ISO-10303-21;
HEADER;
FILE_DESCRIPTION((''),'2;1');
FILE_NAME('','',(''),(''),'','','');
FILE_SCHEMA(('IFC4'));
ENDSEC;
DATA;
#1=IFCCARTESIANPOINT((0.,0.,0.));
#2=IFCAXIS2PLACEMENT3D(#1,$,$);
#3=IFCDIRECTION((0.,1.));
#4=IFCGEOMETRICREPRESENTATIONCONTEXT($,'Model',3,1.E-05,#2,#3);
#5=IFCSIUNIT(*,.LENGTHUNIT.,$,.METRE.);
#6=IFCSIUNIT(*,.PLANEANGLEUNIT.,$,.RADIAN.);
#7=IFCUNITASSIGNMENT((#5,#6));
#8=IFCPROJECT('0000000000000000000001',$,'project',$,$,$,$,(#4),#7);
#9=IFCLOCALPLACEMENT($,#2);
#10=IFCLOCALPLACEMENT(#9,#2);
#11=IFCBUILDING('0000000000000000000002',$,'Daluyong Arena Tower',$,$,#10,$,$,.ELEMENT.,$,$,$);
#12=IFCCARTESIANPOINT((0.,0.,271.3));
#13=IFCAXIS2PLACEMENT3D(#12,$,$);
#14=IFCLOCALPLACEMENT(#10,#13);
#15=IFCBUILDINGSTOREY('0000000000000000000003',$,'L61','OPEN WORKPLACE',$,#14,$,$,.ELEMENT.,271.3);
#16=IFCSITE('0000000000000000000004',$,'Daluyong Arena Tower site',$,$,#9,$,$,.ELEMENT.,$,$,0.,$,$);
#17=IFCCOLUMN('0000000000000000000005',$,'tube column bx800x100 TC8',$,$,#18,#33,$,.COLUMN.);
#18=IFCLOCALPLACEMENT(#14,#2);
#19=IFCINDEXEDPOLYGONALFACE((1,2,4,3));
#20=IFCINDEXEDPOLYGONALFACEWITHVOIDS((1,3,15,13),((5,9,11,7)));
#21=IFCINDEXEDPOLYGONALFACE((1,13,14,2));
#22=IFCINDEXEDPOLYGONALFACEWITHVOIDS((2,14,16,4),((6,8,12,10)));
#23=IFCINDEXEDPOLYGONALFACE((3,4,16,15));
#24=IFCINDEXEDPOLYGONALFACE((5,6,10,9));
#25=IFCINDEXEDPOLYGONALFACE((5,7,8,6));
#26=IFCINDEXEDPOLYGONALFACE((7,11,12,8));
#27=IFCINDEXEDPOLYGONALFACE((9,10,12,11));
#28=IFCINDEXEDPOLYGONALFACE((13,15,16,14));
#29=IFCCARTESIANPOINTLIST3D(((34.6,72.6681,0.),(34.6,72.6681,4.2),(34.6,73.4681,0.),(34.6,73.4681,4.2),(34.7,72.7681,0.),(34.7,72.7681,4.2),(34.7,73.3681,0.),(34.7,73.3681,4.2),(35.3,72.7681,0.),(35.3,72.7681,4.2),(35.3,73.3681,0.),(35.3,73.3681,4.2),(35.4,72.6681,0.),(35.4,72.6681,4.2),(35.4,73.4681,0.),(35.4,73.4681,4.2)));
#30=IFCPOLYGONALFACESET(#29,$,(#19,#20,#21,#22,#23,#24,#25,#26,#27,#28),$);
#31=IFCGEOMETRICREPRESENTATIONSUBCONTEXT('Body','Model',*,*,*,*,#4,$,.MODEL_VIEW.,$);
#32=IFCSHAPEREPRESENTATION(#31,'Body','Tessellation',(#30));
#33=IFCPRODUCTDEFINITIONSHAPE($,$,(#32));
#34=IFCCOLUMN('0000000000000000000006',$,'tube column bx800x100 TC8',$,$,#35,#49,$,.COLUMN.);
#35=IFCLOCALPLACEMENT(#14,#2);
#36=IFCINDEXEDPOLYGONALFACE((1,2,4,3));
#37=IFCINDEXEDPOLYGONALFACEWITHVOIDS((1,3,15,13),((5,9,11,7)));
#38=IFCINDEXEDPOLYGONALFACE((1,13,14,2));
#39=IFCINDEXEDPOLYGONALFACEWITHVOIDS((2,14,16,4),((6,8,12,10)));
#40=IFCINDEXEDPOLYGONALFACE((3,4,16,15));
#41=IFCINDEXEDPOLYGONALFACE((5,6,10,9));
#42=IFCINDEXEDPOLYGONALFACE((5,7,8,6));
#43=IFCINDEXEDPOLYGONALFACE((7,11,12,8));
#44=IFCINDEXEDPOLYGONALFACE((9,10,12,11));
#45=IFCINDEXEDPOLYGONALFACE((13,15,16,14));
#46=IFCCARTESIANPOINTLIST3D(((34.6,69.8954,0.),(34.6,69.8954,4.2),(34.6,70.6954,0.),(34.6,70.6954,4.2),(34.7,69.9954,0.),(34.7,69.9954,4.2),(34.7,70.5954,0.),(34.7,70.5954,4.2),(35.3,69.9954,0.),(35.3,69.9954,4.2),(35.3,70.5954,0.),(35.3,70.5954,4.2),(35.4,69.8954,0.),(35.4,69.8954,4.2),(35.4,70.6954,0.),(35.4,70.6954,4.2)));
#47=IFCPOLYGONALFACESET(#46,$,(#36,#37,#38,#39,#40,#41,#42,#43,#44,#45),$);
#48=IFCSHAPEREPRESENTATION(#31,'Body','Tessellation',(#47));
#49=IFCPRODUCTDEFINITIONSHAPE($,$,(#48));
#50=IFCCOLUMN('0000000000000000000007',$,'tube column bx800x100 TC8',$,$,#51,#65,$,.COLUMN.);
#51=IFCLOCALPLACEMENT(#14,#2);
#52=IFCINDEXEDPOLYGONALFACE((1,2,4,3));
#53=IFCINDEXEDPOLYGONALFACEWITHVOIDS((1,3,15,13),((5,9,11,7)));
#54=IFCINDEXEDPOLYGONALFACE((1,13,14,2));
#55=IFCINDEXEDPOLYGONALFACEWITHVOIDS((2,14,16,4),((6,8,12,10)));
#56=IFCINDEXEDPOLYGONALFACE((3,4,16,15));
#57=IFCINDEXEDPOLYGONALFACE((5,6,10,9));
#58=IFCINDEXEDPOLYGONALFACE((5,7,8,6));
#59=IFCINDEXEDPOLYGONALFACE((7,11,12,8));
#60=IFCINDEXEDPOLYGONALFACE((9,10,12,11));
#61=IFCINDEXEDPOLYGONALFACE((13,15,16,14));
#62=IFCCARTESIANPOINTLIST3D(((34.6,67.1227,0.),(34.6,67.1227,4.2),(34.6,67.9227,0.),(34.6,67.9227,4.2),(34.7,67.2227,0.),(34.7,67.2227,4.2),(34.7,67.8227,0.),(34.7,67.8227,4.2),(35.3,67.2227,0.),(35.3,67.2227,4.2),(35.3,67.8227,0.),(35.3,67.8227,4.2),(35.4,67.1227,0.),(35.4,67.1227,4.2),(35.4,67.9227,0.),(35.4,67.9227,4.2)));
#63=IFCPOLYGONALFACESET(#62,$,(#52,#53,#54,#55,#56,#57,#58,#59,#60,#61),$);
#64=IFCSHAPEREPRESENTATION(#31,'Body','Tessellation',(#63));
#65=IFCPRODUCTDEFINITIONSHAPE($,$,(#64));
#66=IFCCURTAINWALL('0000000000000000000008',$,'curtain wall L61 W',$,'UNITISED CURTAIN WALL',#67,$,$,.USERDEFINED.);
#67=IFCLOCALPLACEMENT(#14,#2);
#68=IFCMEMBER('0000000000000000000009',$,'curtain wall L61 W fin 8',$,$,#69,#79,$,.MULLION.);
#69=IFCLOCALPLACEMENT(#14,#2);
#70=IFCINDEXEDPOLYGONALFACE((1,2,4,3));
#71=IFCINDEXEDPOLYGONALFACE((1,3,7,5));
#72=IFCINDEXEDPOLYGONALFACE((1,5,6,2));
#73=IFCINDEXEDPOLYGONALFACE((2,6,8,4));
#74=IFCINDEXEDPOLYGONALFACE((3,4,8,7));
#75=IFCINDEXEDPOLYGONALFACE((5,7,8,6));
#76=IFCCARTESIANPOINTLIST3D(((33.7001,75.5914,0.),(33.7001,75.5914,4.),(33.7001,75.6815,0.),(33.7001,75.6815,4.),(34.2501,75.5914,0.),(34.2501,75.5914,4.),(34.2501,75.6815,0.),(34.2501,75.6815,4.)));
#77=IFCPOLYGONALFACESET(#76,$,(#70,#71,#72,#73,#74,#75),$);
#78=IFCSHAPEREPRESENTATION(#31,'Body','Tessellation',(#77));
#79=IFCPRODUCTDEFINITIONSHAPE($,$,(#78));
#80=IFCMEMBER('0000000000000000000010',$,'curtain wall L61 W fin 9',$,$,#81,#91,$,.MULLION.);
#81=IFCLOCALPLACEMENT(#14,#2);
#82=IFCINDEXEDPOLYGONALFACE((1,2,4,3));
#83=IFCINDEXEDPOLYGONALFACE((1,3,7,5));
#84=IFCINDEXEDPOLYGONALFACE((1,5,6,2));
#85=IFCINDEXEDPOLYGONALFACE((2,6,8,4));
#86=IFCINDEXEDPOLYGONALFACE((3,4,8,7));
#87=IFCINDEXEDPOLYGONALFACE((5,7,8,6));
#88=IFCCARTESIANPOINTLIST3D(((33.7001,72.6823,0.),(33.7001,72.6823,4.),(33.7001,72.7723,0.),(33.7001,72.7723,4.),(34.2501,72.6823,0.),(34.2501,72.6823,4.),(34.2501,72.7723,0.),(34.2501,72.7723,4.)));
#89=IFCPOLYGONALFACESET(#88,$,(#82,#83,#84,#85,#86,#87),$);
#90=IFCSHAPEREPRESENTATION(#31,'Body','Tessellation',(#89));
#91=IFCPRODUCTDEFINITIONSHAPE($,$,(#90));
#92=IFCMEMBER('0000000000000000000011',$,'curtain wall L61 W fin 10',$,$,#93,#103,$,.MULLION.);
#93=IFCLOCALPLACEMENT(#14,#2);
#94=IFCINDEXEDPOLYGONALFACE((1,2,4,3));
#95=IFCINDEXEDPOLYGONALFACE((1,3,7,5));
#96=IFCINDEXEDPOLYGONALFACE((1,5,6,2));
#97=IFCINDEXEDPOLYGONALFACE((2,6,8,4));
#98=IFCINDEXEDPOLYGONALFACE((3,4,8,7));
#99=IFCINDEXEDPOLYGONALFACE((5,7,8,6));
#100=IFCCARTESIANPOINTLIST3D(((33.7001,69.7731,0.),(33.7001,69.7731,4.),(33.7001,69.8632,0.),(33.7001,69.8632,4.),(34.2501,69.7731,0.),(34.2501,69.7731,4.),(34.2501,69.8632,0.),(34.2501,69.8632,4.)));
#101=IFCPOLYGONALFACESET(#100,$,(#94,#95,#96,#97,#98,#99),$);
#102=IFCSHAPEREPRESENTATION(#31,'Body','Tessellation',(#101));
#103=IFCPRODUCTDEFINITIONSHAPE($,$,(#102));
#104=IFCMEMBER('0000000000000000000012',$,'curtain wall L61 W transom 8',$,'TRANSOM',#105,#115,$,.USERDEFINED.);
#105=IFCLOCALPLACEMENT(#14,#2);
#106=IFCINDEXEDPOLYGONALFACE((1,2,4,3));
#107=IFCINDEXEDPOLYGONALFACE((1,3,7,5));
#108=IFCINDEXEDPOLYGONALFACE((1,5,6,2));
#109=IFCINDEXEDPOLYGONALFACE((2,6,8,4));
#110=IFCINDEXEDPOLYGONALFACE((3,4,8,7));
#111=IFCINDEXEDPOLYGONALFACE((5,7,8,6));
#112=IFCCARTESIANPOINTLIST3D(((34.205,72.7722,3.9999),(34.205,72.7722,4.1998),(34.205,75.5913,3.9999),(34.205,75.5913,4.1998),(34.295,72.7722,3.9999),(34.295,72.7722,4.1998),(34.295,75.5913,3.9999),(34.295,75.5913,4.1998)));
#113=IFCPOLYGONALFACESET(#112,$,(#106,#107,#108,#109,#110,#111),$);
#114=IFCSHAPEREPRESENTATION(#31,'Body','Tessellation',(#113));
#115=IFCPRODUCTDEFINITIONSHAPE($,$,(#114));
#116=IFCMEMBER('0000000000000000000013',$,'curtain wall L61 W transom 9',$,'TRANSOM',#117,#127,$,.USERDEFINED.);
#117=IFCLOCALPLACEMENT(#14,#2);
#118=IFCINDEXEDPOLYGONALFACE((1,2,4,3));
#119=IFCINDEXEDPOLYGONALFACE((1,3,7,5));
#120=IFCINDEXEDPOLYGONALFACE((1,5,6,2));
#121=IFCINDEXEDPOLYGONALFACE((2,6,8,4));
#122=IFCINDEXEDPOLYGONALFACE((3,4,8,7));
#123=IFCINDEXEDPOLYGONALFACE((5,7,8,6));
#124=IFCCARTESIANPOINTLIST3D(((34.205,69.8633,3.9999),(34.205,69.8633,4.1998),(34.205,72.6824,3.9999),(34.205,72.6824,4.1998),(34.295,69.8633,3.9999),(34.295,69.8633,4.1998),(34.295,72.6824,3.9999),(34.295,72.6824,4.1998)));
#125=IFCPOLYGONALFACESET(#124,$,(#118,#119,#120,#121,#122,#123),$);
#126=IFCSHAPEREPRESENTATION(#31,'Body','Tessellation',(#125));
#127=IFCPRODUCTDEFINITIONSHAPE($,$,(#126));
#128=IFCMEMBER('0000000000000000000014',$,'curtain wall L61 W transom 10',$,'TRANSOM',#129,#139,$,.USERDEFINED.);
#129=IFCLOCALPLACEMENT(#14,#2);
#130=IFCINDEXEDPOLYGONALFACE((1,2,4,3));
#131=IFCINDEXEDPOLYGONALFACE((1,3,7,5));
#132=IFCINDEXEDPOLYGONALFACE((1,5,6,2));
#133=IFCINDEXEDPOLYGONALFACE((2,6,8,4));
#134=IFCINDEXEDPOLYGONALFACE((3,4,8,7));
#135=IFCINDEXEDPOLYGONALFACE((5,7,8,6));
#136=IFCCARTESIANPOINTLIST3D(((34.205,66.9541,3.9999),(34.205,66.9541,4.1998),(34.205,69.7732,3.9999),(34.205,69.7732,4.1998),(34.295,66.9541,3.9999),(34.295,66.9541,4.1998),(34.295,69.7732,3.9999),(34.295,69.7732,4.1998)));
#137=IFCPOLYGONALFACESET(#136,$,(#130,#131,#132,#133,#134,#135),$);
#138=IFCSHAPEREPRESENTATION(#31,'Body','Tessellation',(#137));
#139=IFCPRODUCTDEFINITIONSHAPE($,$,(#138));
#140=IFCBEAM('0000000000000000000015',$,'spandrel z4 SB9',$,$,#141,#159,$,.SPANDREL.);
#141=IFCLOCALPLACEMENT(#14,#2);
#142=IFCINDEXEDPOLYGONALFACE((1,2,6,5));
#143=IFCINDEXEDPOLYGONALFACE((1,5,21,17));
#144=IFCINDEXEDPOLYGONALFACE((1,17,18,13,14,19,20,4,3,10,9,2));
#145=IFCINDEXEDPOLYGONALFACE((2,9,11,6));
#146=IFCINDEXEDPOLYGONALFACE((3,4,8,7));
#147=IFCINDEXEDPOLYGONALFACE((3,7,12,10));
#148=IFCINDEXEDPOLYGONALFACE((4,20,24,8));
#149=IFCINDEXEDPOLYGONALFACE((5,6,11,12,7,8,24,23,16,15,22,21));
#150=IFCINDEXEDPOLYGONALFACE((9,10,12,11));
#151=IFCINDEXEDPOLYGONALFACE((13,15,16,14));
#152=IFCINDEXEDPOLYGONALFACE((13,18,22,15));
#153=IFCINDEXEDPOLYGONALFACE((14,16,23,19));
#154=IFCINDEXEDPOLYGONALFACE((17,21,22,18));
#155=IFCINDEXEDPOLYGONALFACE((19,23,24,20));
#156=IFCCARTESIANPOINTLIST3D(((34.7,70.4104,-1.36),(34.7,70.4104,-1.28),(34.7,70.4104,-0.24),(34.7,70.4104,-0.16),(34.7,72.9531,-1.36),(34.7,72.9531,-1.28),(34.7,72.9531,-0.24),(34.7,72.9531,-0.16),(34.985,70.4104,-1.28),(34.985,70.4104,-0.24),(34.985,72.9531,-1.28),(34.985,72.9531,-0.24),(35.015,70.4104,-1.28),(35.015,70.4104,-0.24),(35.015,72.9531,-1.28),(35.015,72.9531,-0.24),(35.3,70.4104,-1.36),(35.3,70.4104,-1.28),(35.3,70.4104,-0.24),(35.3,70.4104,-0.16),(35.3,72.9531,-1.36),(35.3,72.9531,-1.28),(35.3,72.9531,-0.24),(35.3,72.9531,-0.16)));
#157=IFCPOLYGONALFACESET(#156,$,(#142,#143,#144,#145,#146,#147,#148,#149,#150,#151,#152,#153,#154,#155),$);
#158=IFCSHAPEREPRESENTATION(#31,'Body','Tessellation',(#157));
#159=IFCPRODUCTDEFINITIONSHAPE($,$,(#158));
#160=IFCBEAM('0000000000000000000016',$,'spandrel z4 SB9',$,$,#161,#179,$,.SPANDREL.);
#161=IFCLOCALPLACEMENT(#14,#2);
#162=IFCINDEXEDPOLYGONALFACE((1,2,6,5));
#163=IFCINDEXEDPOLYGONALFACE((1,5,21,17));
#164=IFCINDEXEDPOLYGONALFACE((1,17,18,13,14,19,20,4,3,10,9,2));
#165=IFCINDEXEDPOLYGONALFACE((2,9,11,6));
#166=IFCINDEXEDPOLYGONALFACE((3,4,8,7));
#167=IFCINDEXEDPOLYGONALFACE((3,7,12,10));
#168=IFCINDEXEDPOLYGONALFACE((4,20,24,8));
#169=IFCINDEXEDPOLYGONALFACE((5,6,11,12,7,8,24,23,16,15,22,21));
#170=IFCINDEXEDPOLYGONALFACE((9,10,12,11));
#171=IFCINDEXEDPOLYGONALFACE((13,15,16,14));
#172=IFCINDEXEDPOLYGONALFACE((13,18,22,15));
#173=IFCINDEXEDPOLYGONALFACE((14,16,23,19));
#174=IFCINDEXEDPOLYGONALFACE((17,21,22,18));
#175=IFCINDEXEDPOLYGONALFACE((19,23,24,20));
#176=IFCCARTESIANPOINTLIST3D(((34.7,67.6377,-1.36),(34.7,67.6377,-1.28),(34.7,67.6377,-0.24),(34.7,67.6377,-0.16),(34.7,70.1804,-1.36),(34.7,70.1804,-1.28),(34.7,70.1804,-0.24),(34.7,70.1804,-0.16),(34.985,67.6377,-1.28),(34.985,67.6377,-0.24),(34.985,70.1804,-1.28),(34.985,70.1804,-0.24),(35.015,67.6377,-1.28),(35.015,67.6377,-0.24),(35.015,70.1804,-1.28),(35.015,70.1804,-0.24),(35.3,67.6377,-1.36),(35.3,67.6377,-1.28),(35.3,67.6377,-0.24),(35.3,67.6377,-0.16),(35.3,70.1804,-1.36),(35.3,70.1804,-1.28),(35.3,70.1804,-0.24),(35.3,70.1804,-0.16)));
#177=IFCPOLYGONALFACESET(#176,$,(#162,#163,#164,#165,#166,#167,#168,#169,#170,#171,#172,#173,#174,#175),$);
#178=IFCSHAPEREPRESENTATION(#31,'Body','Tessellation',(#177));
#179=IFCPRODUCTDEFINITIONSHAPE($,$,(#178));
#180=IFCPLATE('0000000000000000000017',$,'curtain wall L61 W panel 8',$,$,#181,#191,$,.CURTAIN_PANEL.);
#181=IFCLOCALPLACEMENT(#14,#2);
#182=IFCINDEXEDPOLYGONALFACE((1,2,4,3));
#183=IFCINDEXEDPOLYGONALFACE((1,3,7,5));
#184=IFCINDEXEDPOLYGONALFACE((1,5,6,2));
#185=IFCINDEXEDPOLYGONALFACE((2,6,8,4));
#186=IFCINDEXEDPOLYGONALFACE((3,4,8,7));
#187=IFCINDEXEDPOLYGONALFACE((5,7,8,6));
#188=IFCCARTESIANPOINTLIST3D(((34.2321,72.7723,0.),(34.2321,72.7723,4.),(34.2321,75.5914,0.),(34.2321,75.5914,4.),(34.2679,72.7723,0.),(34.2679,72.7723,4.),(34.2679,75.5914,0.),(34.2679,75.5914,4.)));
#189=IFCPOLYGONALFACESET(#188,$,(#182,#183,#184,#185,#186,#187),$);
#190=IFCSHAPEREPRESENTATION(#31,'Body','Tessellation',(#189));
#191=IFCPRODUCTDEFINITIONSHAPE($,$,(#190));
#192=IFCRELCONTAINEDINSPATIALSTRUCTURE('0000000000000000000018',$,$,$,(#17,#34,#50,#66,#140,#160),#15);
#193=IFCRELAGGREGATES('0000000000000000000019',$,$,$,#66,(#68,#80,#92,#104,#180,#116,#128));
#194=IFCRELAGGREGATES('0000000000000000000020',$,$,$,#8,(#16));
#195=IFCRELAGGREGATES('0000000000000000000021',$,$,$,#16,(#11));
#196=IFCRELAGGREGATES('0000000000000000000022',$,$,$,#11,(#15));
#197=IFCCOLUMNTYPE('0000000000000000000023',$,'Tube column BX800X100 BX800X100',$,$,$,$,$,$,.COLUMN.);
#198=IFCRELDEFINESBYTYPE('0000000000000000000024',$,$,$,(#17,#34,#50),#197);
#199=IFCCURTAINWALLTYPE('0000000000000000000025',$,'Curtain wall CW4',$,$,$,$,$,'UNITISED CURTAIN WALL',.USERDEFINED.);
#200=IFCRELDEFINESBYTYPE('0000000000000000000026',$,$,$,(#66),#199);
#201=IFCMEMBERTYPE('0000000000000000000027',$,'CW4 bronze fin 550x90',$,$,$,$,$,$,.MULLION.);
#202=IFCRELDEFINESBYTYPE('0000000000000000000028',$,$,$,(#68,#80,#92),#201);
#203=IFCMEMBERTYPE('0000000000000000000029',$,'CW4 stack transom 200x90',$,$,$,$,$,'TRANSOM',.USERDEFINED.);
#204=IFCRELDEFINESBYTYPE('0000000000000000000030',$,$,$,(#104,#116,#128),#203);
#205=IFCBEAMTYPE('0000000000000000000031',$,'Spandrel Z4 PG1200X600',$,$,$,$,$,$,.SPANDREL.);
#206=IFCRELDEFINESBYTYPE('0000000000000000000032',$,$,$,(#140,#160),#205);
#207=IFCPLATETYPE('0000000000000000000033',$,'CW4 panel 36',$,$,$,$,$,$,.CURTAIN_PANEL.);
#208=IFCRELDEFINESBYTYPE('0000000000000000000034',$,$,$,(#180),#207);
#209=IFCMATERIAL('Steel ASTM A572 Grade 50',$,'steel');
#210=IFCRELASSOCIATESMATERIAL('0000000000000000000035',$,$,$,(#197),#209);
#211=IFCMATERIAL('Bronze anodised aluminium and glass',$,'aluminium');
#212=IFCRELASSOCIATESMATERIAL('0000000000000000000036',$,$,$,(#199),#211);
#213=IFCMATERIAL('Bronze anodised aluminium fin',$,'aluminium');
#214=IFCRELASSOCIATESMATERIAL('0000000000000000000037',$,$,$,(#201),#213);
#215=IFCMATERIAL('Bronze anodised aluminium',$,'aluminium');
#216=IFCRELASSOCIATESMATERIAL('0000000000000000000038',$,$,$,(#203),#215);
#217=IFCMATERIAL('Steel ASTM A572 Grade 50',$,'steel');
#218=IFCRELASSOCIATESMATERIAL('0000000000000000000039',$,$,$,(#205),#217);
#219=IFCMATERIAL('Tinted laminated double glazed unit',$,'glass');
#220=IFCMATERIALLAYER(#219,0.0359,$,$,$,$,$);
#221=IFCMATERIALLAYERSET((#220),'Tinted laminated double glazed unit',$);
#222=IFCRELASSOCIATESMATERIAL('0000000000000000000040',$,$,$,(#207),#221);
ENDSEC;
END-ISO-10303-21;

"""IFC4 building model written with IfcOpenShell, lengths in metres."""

from ifc_helpers import new_model, si_unit, direction, frame, origin, origin_2d, place, context, subcontext, project, spatial, rectangle, hollow_rectangle, i_section, extrude, material, layer, layer_set, material_profile, profile_set, type_object, element, aggregate, save


model = new_model("IFC4")

# Units and contexts
model_context = context("Model", 3, precision=1e-05, world=origin(), true_north=direction((0.0, 1.0)))
body_context = subcontext(model_context, "Body", "Model", "MODEL_VIEW")
ifc_project = project(units=[si_unit("LENGTHUNIT", "METRE"), si_unit("PLANEANGLEUNIT", "RADIAN")], contexts=[model_context])

# Site, building, storey
site_placement = place(None, origin())
site = spatial("IfcSite", under=ifc_project, at=site_placement, Name="Daluyong Arena Tower site", CompositionType="ELEMENT", RefElevation=0.0)
building_placement = place(site_placement, origin())
building = spatial("IfcBuilding", under=site, at=building_placement, Name="Daluyong Arena Tower", CompositionType="ELEMENT")
storey_placement = place(building_placement, frame((0.0, 0.0, 271.3)))
storey = spatial("IfcBuildingStorey", under=building, at=storey_placement, Name="L61", Description="OPEN WORKPLACE", CompositionType="ELEMENT", Elevation=271.3)

# Columns
ifc_material_1 = material(Name="Steel ASTM A572 Grade 50", Category="steel")
ifc_material_profile_1 = material_profile(ifc_material_1, hollow_rectangle(XDim=0.8, YDim=0.8, WallThickness=0.1, at=origin_2d()))
ifc_profile_set_1 = profile_set([ifc_material_profile_1], Name="Steel ASTM A572 Grade 50")
column_type = type_object("IfcColumnType", Name="Tube column BX800X100 BX800X100", PredefinedType="COLUMN", material=ifc_profile_set_1)
for number, where, z_axis, x_axis, name in (
    (1, (35.0, 73.0681, 0.0), (0.0, 0.0, 1.0), (0.0, 1.0, 0.0), "tube column bx800x100 TC8"),
    (2, (35.0, 70.2954, 0.0), (0.0, 0.0, 1.0), (0.0, 1.0, 0.0), "tube column bx800x100 TC8"),
    (3, (35.0, 67.5227, 0.0), (0.0, 0.0, 1.0), (0.0, 1.0, 0.0), "tube column bx800x100 TC8"),
):
    element("IfcColumn", number, at=place(storey_placement, frame(where, z_axis=z_axis, x_axis=x_axis)), inside=storey, type_object=column_type, Name=name, PredefinedType="COLUMN", context=body_context, shape_type="SweptSolid", body=[
        extrude(hollow_rectangle(XDim=0.8, YDim=0.8, WallThickness=0.1, at=origin_2d()), origin(), (0.0, 0.0, 1.0), 4.2),
    ])

# Curtain wall, members
ifc_material_2 = material(Name="Bronze anodised aluminium and glass", Category="aluminium")
curtain_wall_type = type_object("IfcCurtainWallType", Name="Curtain wall CW4", ElementType="UNITISED CURTAIN WALL", PredefinedType="USERDEFINED", material=ifc_material_2)
curtain_wall_placement = place(storey_placement, origin())
curtain_wall = element("IfcCurtainWall", 4, at=curtain_wall_placement, inside=storey, type_object=curtain_wall_type, Name="curtain wall L61 W", ObjectType="UNITISED CURTAIN WALL", PredefinedType="USERDEFINED")
ifc_material_3 = material(Name="Bronze anodised aluminium fin", Category="aluminium")
ifc_material_profile_2 = material_profile(ifc_material_3, rectangle(XDim=0.55, YDim=0.0901, at=origin_2d()))
ifc_profile_set_2 = profile_set([ifc_material_profile_2], Name="Bronze anodised aluminium fin")
member_type_1 = type_object("IfcMemberType", Name="CW4 bronze fin 550x90", PredefinedType="MULLION", material=ifc_profile_set_2)
member_1_placement = place(storey_placement, frame((33.9751, 75.6365, 0.0), z_axis=(0.0, 0.0, 1.0), x_axis=(1.0, 0.0, 0.0)))
member_1 = element("IfcMember", 5, at=member_1_placement, type_object=member_type_1, Name="curtain wall L61 W fin 8", PredefinedType="MULLION", context=body_context, shape_type="SweptSolid", body=[
    extrude(rectangle(XDim=0.55, YDim=0.0901, at=origin_2d()), origin(), (0.0, 0.0, 1.0), 4.0),
])
member_2_placement = place(storey_placement, frame((33.9751, 72.7273, 0.0), z_axis=(0.0, 0.0, 1.0), x_axis=(1.0, 0.0, 0.0)))
member_2 = element("IfcMember", 6, at=member_2_placement, type_object=member_type_1, Name="curtain wall L61 W fin 9", PredefinedType="MULLION", context=body_context, shape_type="SweptSolid", body=[
    extrude(rectangle(XDim=0.55, YDim=0.0901, at=origin_2d()), origin(), (0.0, 0.0, 1.0), 4.0),
])
member_3_placement = place(storey_placement, frame((33.9751, 69.8181, 0.0), z_axis=(0.0, 0.0, 1.0), x_axis=(1.0, 0.0, 0.0)))
member_3 = element("IfcMember", 7, at=member_3_placement, type_object=member_type_1, Name="curtain wall L61 W fin 10", PredefinedType="MULLION", context=body_context, shape_type="SweptSolid", body=[
    extrude(rectangle(XDim=0.55, YDim=0.0901, at=origin_2d()), origin(), (0.0, 0.0, 1.0), 4.0),
])
ifc_material_4 = material(Name="Bronze anodised aluminium", Category="aluminium")
ifc_material_profile_3 = material_profile(ifc_material_4, rectangle(XDim=0.0901, YDim=0.2, at=origin_2d()))
ifc_profile_set_3 = profile_set([ifc_material_profile_3], Name="Bronze anodised aluminium")
member_type_2 = type_object("IfcMemberType", Name="CW4 stack transom 200x90", ElementType="TRANSOM", PredefinedType="USERDEFINED", material=ifc_profile_set_3)
member_4_placement = place(storey_placement, frame((34.25, 75.5913, 4.0999), z_axis=(0.0, -1.0, 0.0), x_axis=(1.0, 0.0, 0.0)))
member_4 = element("IfcMember", 8, at=member_4_placement, type_object=member_type_2, Name="curtain wall L61 W transom 8", ObjectType="TRANSOM", PredefinedType="USERDEFINED", context=body_context, shape_type="SweptSolid", body=[
    extrude(rectangle(XDim=0.0901, YDim=0.2, at=origin_2d()), origin(), (0.0, 0.0, 1.0), 2.8191),
])
member_5_placement = place(storey_placement, frame((34.25, 72.6824, 4.0999), z_axis=(0.0, -1.0, 0.0), x_axis=(1.0, 0.0, 0.0)))
member_5 = element("IfcMember", 9, at=member_5_placement, type_object=member_type_2, Name="curtain wall L61 W transom 9", ObjectType="TRANSOM", PredefinedType="USERDEFINED", context=body_context, shape_type="SweptSolid", body=[
    extrude(rectangle(XDim=0.0901, YDim=0.2, at=origin_2d()), origin(), (0.0, 0.0, 1.0), 2.8191),
])
member_6_placement = place(storey_placement, frame((34.25, 69.7732, 4.0999), z_axis=(0.0, -1.0, 0.0), x_axis=(1.0, 0.0, 0.0)))
member_6 = element("IfcMember", 10, at=member_6_placement, type_object=member_type_2, Name="curtain wall L61 W transom 10", ObjectType="TRANSOM", PredefinedType="USERDEFINED", context=body_context, shape_type="SweptSolid", body=[
    extrude(rectangle(XDim=0.0901, YDim=0.2, at=origin_2d()), origin(), (0.0, 0.0, 1.0), 2.8191),
])

# Beams
ifc_material_5 = material(Name="Steel ASTM A572 Grade 50", Category="steel")
ifc_material_profile_4 = material_profile(ifc_material_5, i_section(OverallWidth=0.6001, OverallDepth=1.2, WebThickness=0.03, FlangeThickness=0.08, at=origin_2d()))
ifc_profile_set_4 = profile_set([ifc_material_profile_4], Name="Steel ASTM A572 Grade 50")
beam_type = type_object("IfcBeamType", Name="Spandrel Z4 PG1200X600", PredefinedType="SPANDREL", material=ifc_profile_set_4)
for number, where, z_axis, x_axis, name in (
    (11, (35.0, 72.9531, -0.76), (0.0, -1.0, 0.0), (1.0, 0.0, 0.0), "spandrel z4 SB9"),
    (12, (35.0, 70.1804, -0.76), (0.0, -1.0, 0.0), (1.0, 0.0, 0.0), "spandrel z4 SB9"),
):
    element("IfcBeam", number, at=place(storey_placement, frame(where, z_axis=z_axis, x_axis=x_axis)), inside=storey, type_object=beam_type, Name=name, PredefinedType="SPANDREL", context=body_context, shape_type="SweptSolid", body=[
        extrude(i_section(OverallWidth=0.6001, OverallDepth=1.2, WebThickness=0.03, FlangeThickness=0.08, at=origin_2d()), origin(), (0.0, 0.0, 1.0), 2.5427),
    ])

# Plate
ifc_material_6 = material(Name="Tinted laminated double glazed unit", Category="glass")
ifc_layer = layer(ifc_material_6, 0.0359)
ifc_layer_set = layer_set([ifc_layer], Name="Tinted laminated double glazed unit")
plate_type = type_object("IfcPlateType", Name="CW4 panel 36", PredefinedType="CURTAIN_PANEL", material=ifc_layer_set)
plate_1_placement = place(storey_placement, frame((34.25, 74.1819, 0.0), z_axis=(0.0, 0.0, 1.0), x_axis=(0.0, -1.0, 0.0)))
plate_1 = element("IfcPlate", 13, at=plate_1_placement, type_object=plate_type, Name="curtain wall L61 W panel 8", PredefinedType="CURTAIN_PANEL", context=body_context, shape_type="SweptSolid", body=[
    extrude(rectangle(XDim=2.8191, YDim=0.0359, at=origin_2d()), origin(), (0.0, 0.0, 1.0), 4.0),
])
aggregate(curtain_wall, [member_1, member_2, member_3, member_4, plate_1, member_5, member_6])

save(model, "model.ifc")
